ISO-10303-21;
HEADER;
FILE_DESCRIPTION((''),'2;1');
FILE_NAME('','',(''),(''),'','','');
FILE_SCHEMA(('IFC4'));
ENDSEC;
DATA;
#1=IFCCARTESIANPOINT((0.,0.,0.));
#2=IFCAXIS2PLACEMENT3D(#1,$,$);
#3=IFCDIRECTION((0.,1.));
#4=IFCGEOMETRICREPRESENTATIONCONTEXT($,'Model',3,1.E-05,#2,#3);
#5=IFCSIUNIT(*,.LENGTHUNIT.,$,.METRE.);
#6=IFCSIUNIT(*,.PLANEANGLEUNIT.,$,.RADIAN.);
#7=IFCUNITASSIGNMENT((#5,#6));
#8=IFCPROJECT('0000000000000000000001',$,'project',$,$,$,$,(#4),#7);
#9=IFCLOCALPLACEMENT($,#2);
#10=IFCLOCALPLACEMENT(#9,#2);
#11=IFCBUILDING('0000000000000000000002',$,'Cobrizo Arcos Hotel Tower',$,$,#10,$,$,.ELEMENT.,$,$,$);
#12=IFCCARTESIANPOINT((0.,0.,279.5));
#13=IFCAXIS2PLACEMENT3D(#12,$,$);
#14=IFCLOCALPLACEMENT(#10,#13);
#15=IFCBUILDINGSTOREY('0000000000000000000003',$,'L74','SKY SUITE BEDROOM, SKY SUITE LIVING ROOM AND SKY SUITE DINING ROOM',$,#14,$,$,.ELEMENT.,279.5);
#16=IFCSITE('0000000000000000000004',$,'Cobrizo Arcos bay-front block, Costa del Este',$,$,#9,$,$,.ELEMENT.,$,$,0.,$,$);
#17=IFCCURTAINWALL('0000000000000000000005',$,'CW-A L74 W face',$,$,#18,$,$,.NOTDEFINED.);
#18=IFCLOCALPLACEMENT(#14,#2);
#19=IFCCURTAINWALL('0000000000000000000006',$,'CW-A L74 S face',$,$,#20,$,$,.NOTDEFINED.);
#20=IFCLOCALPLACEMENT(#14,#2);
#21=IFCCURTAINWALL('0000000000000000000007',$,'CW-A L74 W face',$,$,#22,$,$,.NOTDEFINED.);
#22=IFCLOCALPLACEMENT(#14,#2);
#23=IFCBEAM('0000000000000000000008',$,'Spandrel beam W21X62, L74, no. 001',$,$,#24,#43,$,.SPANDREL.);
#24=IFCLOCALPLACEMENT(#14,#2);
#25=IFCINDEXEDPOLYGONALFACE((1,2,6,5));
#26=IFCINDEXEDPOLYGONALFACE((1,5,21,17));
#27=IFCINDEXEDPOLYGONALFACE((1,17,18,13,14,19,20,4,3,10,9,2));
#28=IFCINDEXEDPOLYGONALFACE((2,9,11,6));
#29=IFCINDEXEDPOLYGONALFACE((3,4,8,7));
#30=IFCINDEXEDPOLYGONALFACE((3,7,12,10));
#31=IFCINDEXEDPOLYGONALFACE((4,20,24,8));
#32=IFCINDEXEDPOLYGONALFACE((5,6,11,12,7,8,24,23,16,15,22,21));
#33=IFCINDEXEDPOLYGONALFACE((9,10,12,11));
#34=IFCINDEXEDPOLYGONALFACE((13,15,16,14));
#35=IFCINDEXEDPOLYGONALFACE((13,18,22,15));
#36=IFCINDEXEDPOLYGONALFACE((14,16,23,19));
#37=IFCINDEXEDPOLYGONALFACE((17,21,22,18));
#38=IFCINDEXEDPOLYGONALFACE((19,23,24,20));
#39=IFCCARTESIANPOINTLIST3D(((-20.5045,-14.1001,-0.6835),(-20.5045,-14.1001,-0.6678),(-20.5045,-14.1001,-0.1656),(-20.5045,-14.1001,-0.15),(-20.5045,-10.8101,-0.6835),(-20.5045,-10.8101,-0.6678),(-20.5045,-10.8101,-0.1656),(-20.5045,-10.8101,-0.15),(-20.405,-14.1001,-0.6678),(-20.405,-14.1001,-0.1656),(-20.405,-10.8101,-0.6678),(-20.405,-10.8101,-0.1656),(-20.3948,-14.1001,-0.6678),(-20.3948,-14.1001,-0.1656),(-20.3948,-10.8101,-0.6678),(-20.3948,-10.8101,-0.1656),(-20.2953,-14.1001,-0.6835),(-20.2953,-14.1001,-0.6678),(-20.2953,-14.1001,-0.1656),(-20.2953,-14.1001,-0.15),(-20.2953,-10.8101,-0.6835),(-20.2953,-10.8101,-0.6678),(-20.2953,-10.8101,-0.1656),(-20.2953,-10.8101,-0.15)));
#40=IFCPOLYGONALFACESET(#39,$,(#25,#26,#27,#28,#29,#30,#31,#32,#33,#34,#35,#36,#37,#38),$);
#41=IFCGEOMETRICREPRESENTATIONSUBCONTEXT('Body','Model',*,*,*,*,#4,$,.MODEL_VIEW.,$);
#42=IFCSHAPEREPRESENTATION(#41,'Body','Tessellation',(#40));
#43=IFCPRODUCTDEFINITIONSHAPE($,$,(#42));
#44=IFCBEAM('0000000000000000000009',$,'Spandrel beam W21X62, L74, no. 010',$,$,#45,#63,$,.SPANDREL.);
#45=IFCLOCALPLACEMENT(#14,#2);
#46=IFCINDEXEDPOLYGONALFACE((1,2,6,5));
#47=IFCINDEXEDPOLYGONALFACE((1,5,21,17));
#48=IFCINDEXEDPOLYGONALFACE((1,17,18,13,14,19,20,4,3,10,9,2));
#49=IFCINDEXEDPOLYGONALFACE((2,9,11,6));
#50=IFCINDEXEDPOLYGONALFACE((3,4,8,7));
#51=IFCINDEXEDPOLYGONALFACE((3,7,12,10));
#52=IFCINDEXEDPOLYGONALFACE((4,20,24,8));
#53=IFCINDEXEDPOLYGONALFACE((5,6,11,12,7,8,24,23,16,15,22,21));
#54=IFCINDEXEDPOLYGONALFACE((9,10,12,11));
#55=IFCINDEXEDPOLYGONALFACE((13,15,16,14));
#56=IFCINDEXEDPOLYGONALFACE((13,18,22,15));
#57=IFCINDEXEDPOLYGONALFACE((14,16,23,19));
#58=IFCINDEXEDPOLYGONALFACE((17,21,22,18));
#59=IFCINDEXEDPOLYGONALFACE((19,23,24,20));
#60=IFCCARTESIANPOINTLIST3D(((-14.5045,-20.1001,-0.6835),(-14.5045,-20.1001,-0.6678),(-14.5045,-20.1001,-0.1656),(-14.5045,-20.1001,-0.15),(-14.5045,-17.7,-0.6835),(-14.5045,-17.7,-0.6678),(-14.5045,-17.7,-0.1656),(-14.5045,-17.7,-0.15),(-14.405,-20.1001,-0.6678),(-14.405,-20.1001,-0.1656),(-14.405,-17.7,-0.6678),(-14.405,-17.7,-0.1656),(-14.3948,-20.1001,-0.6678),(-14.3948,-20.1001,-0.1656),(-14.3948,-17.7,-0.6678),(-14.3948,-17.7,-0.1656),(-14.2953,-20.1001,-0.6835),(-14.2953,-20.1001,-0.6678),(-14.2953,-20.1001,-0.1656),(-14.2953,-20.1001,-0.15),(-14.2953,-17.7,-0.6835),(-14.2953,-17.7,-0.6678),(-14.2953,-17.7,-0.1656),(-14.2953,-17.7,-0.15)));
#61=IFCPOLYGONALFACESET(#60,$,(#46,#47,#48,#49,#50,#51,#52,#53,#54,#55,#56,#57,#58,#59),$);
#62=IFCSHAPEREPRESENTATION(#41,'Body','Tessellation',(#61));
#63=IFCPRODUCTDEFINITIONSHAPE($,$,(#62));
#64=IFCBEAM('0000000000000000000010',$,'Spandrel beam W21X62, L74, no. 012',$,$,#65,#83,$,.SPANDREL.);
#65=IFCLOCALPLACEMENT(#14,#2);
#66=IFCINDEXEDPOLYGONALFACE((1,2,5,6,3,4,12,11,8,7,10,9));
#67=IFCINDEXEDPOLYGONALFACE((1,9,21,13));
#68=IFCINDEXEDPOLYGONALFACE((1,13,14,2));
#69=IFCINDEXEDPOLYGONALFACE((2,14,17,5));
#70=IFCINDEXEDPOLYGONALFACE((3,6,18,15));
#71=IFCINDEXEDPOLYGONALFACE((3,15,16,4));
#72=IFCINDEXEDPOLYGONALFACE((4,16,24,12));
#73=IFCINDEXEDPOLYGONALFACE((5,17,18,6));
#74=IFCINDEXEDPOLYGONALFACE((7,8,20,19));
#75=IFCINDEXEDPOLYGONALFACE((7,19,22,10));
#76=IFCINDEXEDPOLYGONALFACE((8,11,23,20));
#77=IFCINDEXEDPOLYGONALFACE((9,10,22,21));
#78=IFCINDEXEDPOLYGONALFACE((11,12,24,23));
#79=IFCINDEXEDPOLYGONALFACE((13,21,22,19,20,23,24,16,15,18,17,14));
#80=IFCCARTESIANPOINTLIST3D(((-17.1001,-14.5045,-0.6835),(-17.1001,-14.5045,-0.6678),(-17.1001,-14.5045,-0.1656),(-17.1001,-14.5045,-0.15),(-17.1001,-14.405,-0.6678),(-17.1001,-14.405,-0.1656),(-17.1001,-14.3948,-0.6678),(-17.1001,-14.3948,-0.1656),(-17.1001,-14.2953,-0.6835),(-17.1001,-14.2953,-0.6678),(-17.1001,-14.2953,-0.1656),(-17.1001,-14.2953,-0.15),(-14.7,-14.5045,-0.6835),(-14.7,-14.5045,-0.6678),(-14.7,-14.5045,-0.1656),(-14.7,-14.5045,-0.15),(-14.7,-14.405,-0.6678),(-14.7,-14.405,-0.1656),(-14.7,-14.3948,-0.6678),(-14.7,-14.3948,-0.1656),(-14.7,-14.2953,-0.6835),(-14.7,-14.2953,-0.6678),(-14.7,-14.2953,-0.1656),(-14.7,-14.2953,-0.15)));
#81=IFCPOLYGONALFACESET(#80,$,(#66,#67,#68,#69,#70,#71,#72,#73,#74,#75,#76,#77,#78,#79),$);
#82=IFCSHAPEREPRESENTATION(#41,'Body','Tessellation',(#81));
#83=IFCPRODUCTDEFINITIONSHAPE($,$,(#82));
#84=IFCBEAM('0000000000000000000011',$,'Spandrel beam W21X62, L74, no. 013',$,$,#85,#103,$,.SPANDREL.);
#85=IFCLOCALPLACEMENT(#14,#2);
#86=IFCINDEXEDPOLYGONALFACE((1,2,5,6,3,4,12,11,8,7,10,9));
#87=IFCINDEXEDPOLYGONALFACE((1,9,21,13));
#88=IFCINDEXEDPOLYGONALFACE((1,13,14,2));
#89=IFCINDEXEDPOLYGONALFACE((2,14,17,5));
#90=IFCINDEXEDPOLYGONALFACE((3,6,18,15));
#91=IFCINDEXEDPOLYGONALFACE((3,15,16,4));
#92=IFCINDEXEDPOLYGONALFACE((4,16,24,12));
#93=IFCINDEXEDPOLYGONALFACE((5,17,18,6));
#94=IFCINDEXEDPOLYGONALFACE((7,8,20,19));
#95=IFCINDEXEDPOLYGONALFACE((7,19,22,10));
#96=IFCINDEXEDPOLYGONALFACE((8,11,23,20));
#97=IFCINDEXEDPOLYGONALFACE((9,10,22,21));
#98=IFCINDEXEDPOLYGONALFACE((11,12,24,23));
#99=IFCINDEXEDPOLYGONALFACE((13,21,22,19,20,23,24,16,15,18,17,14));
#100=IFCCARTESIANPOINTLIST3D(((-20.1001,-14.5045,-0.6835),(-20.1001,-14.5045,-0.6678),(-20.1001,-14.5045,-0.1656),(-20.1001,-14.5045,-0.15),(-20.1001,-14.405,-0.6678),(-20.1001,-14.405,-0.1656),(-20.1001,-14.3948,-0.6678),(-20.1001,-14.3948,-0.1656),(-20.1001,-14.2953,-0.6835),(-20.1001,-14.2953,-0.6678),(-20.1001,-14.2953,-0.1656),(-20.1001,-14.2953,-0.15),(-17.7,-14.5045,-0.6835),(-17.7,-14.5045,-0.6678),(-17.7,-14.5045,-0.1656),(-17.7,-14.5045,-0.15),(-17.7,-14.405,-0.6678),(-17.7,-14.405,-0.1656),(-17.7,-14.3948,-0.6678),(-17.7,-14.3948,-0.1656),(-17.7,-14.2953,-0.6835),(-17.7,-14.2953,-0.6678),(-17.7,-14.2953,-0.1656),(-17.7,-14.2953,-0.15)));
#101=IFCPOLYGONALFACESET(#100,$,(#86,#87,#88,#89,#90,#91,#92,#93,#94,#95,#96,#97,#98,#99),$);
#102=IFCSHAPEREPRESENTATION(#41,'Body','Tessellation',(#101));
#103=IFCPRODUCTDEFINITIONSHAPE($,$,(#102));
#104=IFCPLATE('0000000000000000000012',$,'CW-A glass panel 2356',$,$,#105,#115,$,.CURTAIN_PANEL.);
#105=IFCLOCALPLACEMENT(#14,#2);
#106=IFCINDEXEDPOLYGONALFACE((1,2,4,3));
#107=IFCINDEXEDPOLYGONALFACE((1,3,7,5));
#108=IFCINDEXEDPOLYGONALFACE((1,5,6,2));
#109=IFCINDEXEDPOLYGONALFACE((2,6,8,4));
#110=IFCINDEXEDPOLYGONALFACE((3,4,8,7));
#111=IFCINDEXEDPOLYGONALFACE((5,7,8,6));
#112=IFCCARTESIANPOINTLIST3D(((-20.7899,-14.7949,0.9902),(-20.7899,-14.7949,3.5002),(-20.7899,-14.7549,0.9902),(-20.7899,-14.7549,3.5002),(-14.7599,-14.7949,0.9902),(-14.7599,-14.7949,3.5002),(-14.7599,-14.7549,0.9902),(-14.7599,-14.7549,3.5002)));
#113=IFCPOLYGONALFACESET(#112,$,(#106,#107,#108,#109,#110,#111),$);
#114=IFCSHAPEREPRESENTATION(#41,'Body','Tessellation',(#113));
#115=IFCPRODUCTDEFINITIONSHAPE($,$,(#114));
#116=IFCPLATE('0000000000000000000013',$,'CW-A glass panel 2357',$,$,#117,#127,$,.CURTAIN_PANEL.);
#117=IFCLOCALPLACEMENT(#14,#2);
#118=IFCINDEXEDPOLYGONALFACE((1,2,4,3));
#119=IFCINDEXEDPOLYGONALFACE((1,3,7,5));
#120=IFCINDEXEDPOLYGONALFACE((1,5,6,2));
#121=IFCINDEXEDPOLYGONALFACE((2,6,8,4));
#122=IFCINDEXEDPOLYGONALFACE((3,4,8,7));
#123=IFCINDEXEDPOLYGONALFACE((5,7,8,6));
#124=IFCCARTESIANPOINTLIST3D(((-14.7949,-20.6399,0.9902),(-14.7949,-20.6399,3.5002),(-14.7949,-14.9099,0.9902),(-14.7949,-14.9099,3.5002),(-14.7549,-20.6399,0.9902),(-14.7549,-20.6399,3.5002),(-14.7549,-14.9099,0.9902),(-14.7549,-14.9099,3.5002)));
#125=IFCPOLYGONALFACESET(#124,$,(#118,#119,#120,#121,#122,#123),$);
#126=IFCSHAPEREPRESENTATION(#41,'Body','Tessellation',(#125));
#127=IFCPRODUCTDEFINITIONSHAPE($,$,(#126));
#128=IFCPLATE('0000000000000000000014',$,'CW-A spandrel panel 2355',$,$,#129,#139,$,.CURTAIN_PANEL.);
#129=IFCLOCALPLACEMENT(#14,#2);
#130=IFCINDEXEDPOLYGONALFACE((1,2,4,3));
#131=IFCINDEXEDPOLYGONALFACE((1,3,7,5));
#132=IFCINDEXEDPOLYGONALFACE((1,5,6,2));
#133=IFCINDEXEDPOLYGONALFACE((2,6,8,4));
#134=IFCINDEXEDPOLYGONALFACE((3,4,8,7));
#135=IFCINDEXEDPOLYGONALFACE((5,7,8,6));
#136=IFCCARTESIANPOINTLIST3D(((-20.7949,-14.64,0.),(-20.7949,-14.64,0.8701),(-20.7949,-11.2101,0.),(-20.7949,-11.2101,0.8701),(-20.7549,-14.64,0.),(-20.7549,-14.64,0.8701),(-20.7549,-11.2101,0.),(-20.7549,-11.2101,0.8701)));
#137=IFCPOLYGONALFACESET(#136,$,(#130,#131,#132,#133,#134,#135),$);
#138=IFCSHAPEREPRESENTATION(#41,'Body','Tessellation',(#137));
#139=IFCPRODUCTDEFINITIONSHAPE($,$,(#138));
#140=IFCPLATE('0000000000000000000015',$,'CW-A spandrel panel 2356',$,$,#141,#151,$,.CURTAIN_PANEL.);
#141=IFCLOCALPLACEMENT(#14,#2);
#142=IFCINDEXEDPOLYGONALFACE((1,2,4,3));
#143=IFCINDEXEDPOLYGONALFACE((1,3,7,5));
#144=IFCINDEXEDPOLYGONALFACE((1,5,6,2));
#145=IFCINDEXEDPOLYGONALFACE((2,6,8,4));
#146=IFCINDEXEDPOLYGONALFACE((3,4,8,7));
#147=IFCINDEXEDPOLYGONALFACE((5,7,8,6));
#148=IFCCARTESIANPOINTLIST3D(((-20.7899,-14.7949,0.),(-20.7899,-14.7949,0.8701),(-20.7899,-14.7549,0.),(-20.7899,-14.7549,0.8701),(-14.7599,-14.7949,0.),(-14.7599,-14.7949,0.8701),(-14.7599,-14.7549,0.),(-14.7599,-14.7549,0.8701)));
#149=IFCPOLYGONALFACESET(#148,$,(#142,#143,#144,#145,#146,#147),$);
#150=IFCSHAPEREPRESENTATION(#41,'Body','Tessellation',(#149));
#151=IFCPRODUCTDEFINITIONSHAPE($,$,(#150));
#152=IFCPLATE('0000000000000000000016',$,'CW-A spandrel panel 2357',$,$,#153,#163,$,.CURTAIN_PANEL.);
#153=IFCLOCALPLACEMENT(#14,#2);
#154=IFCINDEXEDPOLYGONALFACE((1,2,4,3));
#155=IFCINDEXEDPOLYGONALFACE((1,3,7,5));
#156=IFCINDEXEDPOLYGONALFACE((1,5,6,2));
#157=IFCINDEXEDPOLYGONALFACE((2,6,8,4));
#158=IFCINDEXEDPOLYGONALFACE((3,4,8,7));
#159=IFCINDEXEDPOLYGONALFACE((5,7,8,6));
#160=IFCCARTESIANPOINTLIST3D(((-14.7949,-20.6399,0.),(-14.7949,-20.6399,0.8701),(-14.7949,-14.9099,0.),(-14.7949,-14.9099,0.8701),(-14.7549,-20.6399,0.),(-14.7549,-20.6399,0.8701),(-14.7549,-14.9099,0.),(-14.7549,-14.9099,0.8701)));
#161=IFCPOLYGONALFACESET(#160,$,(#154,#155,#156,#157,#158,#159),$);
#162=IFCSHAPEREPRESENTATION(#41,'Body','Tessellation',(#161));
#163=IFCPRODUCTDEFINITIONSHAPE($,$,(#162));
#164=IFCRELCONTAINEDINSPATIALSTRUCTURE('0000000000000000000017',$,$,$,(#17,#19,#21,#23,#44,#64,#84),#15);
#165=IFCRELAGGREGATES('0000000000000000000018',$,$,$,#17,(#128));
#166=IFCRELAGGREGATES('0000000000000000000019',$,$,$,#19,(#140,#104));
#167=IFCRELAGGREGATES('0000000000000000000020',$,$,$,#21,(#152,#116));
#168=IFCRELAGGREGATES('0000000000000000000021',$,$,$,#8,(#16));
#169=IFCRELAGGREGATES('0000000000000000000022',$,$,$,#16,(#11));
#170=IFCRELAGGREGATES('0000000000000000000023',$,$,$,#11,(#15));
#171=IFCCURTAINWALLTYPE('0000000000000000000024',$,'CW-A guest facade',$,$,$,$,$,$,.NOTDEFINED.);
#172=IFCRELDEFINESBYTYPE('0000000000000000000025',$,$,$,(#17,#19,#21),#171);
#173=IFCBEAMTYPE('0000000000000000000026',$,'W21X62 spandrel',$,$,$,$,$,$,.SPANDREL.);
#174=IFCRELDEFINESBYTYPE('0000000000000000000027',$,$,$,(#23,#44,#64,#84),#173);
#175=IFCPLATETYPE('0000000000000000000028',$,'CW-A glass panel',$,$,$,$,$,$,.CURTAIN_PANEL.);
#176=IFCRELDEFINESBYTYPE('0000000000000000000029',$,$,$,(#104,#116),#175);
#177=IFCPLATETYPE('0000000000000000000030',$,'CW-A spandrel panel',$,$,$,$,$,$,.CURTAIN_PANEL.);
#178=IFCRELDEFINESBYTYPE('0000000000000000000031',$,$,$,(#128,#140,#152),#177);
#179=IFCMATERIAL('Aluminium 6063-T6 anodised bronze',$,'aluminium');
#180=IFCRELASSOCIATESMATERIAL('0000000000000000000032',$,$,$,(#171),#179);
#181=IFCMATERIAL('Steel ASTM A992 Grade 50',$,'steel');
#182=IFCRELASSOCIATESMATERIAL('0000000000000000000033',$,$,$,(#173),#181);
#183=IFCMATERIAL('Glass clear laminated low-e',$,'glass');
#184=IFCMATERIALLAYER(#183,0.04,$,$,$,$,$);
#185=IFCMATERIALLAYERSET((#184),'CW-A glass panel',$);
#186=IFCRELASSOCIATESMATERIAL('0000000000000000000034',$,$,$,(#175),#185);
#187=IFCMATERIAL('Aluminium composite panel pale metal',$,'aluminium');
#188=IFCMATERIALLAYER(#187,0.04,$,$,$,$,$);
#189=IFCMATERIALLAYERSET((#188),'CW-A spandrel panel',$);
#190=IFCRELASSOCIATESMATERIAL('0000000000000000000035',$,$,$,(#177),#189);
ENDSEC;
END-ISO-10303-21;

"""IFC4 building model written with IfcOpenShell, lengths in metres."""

from ifc_helpers import new_model, si_unit, direction, frame, origin, origin_2d, place, context, subcontext, project, spatial, rectangle, i_section, extrude, material, layer, layer_set, material_profile, profile_set, type_object, element, aggregate, save


model = new_model("IFC4")

# Units and contexts
model_context = context("Model", 3, precision=1e-05, world=origin(), true_north=direction((0.0, 1.0)))
body_context = subcontext(model_context, "Body", "Model", "MODEL_VIEW")
ifc_project = project(units=[si_unit("LENGTHUNIT", "METRE"), si_unit("PLANEANGLEUNIT", "RADIAN")], contexts=[model_context])

# Site, building, storey
site_placement = place(None, origin())
site = spatial("IfcSite", under=ifc_project, at=site_placement, Name="Cobrizo Arcos bay-front block, Costa del Este", CompositionType="ELEMENT", RefElevation=0.0)
building_placement = place(site_placement, origin())
building = spatial("IfcBuilding", under=site, at=building_placement, Name="Cobrizo Arcos Hotel Tower", CompositionType="ELEMENT")
storey_placement = place(building_placement, frame((0.0, 0.0, 279.5)))
storey = spatial("IfcBuildingStorey", under=building, at=storey_placement, Name="L74", Description="SKY SUITE BEDROOM, SKY SUITE LIVING ROOM AND SKY SUITE DINING ROOM", CompositionType="ELEMENT", Elevation=279.5)

# Curtain wall
ifc_material_1 = material(Name="Aluminium 6063-T6 anodised bronze", Category="aluminium")
curtain_wall_type = type_object("IfcCurtainWallType", Name="CW-A guest facade", PredefinedType="NOTDEFINED", material=ifc_material_1)
curtain_wall_1_placement = place(storey_placement, origin())
curtain_wall_1 = element("IfcCurtainWall", 1, at=curtain_wall_1_placement, inside=storey, type_object=curtain_wall_type, Name="CW-A L74 W face", PredefinedType="NOTDEFINED")

# Curtain walls
curtain_wall_2_placement = place(storey_placement, origin())
curtain_wall_2 = element("IfcCurtainWall", 2, at=curtain_wall_2_placement, inside=storey, type_object=curtain_wall_type, Name="CW-A L74 S face", PredefinedType="NOTDEFINED")
curtain_wall_3_placement = place(storey_placement, origin())
curtain_wall_3 = element("IfcCurtainWall", 3, at=curtain_wall_3_placement, inside=storey, type_object=curtain_wall_type, Name="CW-A L74 W face", PredefinedType="NOTDEFINED")

# Beams
ifc_material_2 = material(Name="Steel ASTM A992 Grade 50", Category="steel")
ifc_material_profile_1 = material_profile(ifc_material_2, i_section(OverallWidth=0.2092, OverallDepth=0.5334, WebThickness=0.0103, FlangeThickness=0.0156, at=origin_2d()), Name="W21X62")
ifc_profile_set_1 = profile_set([ifc_material_profile_1], Name="Steel ASTM A992 Grade 50")
beam_type_1 = type_object("IfcBeamType", Name="W21X62 spandrel", PredefinedType="SPANDREL", material=ifc_profile_set_1)
beam_1_placement = place(storey_placement, frame((-20.3999, -14.1001, -0.4167), z_axis=(0.0, 1.0, 0.0), x_axis=(-1.0, 0.0, 0.0)))
element("IfcBeam", 4, at=beam_1_placement, inside=storey, type_object=beam_type_1, Name="Spandrel beam W21X62, L74, no. 001", PredefinedType="SPANDREL", context=body_context, shape_type="SweptSolid", body=[
    extrude(i_section(OverallWidth=0.2092, OverallDepth=0.5334, WebThickness=0.0103, FlangeThickness=0.0156, at=origin_2d()), origin(), (0.0, 0.0, 1.0), 3.29),
])
for number, where, z_axis, x_axis, name in (
    (5, (-14.3999, -20.1001, -0.4167), (0.0, 1.0, 0.0), (-1.0, 0.0, 0.0), "Spandrel beam W21X62, L74, no. 010"),
    (6, (-14.7, -14.3999, -0.4167), (-1.0, 0.0, 0.0), (0.0, -1.0, 0.0), "Spandrel beam W21X62, L74, no. 012"),
    (7, (-17.7, -14.3999, -0.4167), (-1.0, 0.0, 0.0), (0.0, -1.0, 0.0), "Spandrel beam W21X62, L74, no. 013"),
):
    element("IfcBeam", number, at=place(storey_placement, frame(where, z_axis=z_axis, x_axis=x_axis)), inside=storey, type_object=beam_type_1, Name=name, PredefinedType="SPANDREL", context=body_context, shape_type="SweptSolid", body=[
        extrude(i_section(OverallWidth=0.2092, OverallDepth=0.5334, WebThickness=0.0103, FlangeThickness=0.0156, at=origin_2d()), origin(), (0.0, 0.0, 1.0), 2.4001),
    ])

# Plates
ifc_material_3 = material(Name="Glass clear laminated low-e", Category="glass")
ifc_layer_1 = layer(ifc_material_3, 0.04)
ifc_layer_set_1 = layer_set([ifc_layer_1], Name="CW-A glass panel")
plate_type_1 = type_object("IfcPlateType", Name="CW-A glass panel", PredefinedType="CURTAIN_PANEL", material=ifc_layer_set_1)
plate_1_placement = place(storey_placement, frame((-17.7749, -14.7749, 0.9902), z_axis=(0.0, 0.0, 1.0), x_axis=(1.0, 0.0, 0.0)))
plate_1 = element("IfcPlate", 8, at=plate_1_placement, type_object=plate_type_1, Name="CW-A glass panel 2356", PredefinedType="CURTAIN_PANEL", context=body_context, shape_type="SweptSolid", body=[
    extrude(rectangle(XDim=6.03, YDim=0.04, at=origin_2d()), origin(), (0.0, 0.0, 1.0), 2.51),
])
plate_2_placement = place(storey_placement, frame((-14.7749, -17.7749, 0.9902), z_axis=(0.0, 0.0, 1.0), x_axis=(0.0, -1.0, 0.0)))
plate_2 = element("IfcPlate", 9, at=plate_2_placement, type_object=plate_type_1, Name="CW-A glass panel 2357", PredefinedType="CURTAIN_PANEL", context=body_context, shape_type="SweptSolid", body=[
    extrude(rectangle(XDim=5.73, YDim=0.04, at=origin_2d()), origin(), (0.0, 0.0, 1.0), 2.51),
])
ifc_material_4 = material(Name="Aluminium composite panel pale metal", Category="aluminium")
ifc_layer_2 = layer(ifc_material_4, 0.04)
ifc_layer_set_2 = layer_set([ifc_layer_2], Name="CW-A spandrel panel")
plate_type_2 = type_object("IfcPlateType", Name="CW-A spandrel panel", PredefinedType="CURTAIN_PANEL", material=ifc_layer_set_2)
plate_3_placement = place(storey_placement, frame((-20.7749, -12.925, 0.0), z_axis=(0.0, 0.0, 1.0), x_axis=(0.0, -1.0, 0.0)))
plate_3 = element("IfcPlate", 10, at=plate_3_placement, type_object=plate_type_2, Name="CW-A spandrel panel 2355", PredefinedType="CURTAIN_PANEL", context=body_context, shape_type="SweptSolid", body=[
    extrude(rectangle(XDim=3.4299, YDim=0.04, at=origin_2d()), origin(), (0.0, 0.0, 1.0), 0.8701),
])
aggregate(curtain_wall_1, [plate_3])
plate_4_placement = place(storey_placement, frame((-17.7749, -14.7749, 0.0), z_axis=(0.0, 0.0, 1.0), x_axis=(1.0, 0.0, 0.0)))
plate_4 = element("IfcPlate", 11, at=plate_4_placement, type_object=plate_type_2, Name="CW-A spandrel panel 2356", PredefinedType="CURTAIN_PANEL", context=body_context, shape_type="SweptSolid", body=[
    extrude(rectangle(XDim=6.03, YDim=0.04, at=origin_2d()), origin(), (0.0, 0.0, 1.0), 0.8701),
])
aggregate(curtain_wall_2, [plate_4, plate_1])
plate_5_placement = place(storey_placement, frame((-14.7749, -17.7749, 0.0), z_axis=(0.0, 0.0, 1.0), x_axis=(0.0, -1.0, 0.0)))
plate_5 = element("IfcPlate", 12, at=plate_5_placement, type_object=plate_type_2, Name="CW-A spandrel panel 2357", PredefinedType="CURTAIN_PANEL", context=body_context, shape_type="SweptSolid", body=[
    extrude(rectangle(XDim=5.73, YDim=0.04, at=origin_2d()), origin(), (0.0, 0.0, 1.0), 0.8701),
])
aggregate(curtain_wall_3, [plate_5, plate_2])

save(model, "model.ifc")
